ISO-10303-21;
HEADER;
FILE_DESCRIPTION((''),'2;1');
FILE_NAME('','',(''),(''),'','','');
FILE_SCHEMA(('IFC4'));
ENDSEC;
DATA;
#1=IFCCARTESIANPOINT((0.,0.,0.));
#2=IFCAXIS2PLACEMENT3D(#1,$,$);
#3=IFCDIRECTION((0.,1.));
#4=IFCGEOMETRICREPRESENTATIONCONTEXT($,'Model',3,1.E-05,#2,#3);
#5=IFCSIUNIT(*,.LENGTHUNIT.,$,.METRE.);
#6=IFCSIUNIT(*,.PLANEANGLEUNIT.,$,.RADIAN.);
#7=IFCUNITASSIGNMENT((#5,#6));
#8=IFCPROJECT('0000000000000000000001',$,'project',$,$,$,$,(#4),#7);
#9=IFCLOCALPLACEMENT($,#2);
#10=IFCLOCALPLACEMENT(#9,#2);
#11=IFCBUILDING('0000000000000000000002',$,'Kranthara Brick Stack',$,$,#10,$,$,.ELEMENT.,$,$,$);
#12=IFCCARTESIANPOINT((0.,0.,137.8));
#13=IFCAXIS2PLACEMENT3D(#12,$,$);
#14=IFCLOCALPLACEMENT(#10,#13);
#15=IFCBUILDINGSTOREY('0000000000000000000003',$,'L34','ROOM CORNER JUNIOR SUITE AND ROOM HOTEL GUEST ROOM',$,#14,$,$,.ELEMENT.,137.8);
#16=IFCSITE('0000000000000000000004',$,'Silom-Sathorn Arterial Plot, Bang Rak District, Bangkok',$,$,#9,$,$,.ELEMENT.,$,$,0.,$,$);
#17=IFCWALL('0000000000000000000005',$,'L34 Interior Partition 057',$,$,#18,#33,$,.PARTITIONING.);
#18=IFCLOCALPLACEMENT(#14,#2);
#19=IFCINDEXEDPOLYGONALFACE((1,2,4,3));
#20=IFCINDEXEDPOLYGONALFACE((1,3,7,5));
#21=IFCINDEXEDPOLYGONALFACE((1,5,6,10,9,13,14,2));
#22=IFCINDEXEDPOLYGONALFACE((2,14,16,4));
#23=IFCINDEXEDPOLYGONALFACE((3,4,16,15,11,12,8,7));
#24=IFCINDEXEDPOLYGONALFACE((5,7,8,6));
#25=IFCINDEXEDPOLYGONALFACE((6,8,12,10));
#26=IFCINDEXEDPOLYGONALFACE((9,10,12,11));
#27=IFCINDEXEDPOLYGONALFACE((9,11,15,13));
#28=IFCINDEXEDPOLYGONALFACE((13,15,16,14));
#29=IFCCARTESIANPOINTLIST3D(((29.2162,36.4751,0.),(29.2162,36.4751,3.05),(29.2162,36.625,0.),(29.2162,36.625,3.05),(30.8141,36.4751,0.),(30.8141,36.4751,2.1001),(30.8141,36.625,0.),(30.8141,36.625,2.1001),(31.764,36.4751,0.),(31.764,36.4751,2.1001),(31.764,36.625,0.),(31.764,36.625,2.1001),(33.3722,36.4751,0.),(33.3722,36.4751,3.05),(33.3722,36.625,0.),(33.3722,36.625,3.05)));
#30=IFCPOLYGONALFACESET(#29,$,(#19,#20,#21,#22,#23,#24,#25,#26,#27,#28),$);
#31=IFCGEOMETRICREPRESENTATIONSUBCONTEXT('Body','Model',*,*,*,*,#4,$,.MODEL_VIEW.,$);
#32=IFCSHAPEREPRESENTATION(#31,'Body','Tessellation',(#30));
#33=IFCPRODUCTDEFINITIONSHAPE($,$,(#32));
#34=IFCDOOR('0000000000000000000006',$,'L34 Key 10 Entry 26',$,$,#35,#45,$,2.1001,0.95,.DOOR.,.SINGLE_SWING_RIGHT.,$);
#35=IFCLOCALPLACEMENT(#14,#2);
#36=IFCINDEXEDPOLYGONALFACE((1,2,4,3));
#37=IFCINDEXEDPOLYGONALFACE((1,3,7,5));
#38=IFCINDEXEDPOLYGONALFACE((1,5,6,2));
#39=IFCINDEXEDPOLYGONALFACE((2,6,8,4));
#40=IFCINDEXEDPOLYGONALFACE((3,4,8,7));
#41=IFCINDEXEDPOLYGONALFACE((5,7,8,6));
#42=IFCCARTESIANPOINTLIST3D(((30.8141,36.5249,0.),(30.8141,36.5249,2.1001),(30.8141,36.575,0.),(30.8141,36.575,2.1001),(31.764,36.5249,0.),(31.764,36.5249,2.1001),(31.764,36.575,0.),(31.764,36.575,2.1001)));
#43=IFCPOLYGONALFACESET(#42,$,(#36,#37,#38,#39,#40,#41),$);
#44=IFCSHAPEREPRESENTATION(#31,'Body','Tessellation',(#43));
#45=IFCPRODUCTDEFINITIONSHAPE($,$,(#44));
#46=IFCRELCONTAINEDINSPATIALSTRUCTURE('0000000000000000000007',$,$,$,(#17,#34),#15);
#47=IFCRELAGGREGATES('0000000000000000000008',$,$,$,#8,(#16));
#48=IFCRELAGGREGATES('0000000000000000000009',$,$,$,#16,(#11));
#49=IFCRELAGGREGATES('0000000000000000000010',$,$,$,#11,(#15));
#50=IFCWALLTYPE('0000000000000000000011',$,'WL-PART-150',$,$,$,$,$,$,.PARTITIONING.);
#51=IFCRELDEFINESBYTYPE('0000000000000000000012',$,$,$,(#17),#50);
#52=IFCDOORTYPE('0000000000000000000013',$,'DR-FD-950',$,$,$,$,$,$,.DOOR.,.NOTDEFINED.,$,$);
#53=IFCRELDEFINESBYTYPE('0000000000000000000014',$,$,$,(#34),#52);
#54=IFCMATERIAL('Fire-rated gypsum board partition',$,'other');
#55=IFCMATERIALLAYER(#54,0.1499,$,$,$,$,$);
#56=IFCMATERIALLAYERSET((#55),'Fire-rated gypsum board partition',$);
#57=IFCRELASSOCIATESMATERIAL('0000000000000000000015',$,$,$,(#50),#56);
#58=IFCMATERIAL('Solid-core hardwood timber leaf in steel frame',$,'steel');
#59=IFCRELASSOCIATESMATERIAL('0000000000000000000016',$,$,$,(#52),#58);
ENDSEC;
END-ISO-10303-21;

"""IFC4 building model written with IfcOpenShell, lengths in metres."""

from ifc_helpers import new_model, si_unit, direction, frame, frame_2d, origin, place, context, subcontext, project, spatial, rectangle, extrude, material, layer, layer_set, type_object, element, fill, save


model = new_model("IFC4")

# Units and contexts
model_context = context("Model", 3, precision=1e-05, world=origin(), true_north=direction((0.0, 1.0)))
body_context = subcontext(model_context, "Body", "Model", "MODEL_VIEW")
ifc_project = project(units=[si_unit("LENGTHUNIT", "METRE"), si_unit("PLANEANGLEUNIT", "RADIAN")], contexts=[model_context])

# Site, building, storey
site_placement = place(None, origin())
site = spatial("IfcSite", under=ifc_project, at=site_placement, Name="Silom-Sathorn Arterial Plot, Bang Rak District, Bangkok", CompositionType="ELEMENT", RefElevation=0.0)
building_placement = place(site_placement, origin())
building = spatial("IfcBuilding", under=site, at=building_placement, Name="Kranthara Brick Stack", CompositionType="ELEMENT")
storey_placement = place(building_placement, frame((0.0, 0.0, 137.8)))
storey = spatial("IfcBuildingStorey", under=building, at=storey_placement, Name="L34", Description="ROOM CORNER JUNIOR SUITE AND ROOM HOTEL GUEST ROOM", CompositionType="ELEMENT", Elevation=137.8)

# Shared definitions
ifc_material_1 = material(Name="Fire-rated gypsum board partition", Category="other")
ifc_layer_1 = layer(ifc_material_1, 0.1499)
ifc_layer_set_1 = layer_set([ifc_layer_1], Name="Fire-rated gypsum board partition")
wall_type_1 = type_object("IfcWallType", Name="WL-PART-150", PredefinedType="PARTITIONING", material=ifc_layer_set_1)
ifc_material_2 = material(Name="Solid-core hardwood timber leaf in steel frame", Category="steel")
door_type_1 = type_object("IfcDoorType", Name="DR-FD-950", OperationType="NOTDEFINED", PredefinedType="DOOR", material=ifc_material_2)

# Wall, opening, door
wall_1_placement = place(storey_placement, frame((29.2161, 36.55, 0.0), z_axis=(0.0, 0.0, 1.0), x_axis=(1.0, 0.0, 0.0)))
wall_1 = element("IfcWall", 1, at=wall_1_placement, inside=storey, type_object=wall_type_1, Name="L34 Interior Partition 057", PredefinedType="PARTITIONING", context=body_context, shape_type="SweptSolid", body=[
    extrude(rectangle(XDim=4.156, YDim=0.1499, at=frame_2d((2.0781, 0.0))), origin(), (0.0, 0.0, 1.0), 3.05),
])
opening_1_placement = place(wall_1_placement, frame((1.5979, 0.0, 0.0)))
opening_1 = element("IfcOpeningElement", 2, at=opening_1_placement, cuts=wall_1, PredefinedType="OPENING", context=body_context, shape_type="SweptSolid", body=[
    extrude(rectangle(XDim=0.95, YDim=2.1001, at=frame_2d((0.4751, 1.05))), frame((0.0, 0.085, 0.0), z_axis=(0.0, -1.0, 0.0), x_axis=(1.0, 0.0, 0.0)), (0.0, 0.0, 1.0), 0.1699),
])
door_1_placement = place(opening_1_placement, origin())
door_1 = element("IfcDoor", 3, at=door_1_placement, inside=storey, type_object=door_type_1, Name="L34 Key 10 Entry 26", OperationType="SINGLE_SWING_RIGHT", OverallHeight=2.1001, OverallWidth=0.95, PredefinedType="DOOR", context=body_context, shape_type="SweptSolid", body=[
    extrude(rectangle(XDim=0.95, YDim=2.1001, at=frame_2d((0.4751, 1.05))), frame((0.0, 0.0249, 0.0), z_axis=(0.0, -1.0, 0.0), x_axis=(1.0, 0.0, 0.0)), (0.0, 0.0, 1.0), 0.05),
])
fill(opening_1, door_1)

save(model, "model.ifc")
